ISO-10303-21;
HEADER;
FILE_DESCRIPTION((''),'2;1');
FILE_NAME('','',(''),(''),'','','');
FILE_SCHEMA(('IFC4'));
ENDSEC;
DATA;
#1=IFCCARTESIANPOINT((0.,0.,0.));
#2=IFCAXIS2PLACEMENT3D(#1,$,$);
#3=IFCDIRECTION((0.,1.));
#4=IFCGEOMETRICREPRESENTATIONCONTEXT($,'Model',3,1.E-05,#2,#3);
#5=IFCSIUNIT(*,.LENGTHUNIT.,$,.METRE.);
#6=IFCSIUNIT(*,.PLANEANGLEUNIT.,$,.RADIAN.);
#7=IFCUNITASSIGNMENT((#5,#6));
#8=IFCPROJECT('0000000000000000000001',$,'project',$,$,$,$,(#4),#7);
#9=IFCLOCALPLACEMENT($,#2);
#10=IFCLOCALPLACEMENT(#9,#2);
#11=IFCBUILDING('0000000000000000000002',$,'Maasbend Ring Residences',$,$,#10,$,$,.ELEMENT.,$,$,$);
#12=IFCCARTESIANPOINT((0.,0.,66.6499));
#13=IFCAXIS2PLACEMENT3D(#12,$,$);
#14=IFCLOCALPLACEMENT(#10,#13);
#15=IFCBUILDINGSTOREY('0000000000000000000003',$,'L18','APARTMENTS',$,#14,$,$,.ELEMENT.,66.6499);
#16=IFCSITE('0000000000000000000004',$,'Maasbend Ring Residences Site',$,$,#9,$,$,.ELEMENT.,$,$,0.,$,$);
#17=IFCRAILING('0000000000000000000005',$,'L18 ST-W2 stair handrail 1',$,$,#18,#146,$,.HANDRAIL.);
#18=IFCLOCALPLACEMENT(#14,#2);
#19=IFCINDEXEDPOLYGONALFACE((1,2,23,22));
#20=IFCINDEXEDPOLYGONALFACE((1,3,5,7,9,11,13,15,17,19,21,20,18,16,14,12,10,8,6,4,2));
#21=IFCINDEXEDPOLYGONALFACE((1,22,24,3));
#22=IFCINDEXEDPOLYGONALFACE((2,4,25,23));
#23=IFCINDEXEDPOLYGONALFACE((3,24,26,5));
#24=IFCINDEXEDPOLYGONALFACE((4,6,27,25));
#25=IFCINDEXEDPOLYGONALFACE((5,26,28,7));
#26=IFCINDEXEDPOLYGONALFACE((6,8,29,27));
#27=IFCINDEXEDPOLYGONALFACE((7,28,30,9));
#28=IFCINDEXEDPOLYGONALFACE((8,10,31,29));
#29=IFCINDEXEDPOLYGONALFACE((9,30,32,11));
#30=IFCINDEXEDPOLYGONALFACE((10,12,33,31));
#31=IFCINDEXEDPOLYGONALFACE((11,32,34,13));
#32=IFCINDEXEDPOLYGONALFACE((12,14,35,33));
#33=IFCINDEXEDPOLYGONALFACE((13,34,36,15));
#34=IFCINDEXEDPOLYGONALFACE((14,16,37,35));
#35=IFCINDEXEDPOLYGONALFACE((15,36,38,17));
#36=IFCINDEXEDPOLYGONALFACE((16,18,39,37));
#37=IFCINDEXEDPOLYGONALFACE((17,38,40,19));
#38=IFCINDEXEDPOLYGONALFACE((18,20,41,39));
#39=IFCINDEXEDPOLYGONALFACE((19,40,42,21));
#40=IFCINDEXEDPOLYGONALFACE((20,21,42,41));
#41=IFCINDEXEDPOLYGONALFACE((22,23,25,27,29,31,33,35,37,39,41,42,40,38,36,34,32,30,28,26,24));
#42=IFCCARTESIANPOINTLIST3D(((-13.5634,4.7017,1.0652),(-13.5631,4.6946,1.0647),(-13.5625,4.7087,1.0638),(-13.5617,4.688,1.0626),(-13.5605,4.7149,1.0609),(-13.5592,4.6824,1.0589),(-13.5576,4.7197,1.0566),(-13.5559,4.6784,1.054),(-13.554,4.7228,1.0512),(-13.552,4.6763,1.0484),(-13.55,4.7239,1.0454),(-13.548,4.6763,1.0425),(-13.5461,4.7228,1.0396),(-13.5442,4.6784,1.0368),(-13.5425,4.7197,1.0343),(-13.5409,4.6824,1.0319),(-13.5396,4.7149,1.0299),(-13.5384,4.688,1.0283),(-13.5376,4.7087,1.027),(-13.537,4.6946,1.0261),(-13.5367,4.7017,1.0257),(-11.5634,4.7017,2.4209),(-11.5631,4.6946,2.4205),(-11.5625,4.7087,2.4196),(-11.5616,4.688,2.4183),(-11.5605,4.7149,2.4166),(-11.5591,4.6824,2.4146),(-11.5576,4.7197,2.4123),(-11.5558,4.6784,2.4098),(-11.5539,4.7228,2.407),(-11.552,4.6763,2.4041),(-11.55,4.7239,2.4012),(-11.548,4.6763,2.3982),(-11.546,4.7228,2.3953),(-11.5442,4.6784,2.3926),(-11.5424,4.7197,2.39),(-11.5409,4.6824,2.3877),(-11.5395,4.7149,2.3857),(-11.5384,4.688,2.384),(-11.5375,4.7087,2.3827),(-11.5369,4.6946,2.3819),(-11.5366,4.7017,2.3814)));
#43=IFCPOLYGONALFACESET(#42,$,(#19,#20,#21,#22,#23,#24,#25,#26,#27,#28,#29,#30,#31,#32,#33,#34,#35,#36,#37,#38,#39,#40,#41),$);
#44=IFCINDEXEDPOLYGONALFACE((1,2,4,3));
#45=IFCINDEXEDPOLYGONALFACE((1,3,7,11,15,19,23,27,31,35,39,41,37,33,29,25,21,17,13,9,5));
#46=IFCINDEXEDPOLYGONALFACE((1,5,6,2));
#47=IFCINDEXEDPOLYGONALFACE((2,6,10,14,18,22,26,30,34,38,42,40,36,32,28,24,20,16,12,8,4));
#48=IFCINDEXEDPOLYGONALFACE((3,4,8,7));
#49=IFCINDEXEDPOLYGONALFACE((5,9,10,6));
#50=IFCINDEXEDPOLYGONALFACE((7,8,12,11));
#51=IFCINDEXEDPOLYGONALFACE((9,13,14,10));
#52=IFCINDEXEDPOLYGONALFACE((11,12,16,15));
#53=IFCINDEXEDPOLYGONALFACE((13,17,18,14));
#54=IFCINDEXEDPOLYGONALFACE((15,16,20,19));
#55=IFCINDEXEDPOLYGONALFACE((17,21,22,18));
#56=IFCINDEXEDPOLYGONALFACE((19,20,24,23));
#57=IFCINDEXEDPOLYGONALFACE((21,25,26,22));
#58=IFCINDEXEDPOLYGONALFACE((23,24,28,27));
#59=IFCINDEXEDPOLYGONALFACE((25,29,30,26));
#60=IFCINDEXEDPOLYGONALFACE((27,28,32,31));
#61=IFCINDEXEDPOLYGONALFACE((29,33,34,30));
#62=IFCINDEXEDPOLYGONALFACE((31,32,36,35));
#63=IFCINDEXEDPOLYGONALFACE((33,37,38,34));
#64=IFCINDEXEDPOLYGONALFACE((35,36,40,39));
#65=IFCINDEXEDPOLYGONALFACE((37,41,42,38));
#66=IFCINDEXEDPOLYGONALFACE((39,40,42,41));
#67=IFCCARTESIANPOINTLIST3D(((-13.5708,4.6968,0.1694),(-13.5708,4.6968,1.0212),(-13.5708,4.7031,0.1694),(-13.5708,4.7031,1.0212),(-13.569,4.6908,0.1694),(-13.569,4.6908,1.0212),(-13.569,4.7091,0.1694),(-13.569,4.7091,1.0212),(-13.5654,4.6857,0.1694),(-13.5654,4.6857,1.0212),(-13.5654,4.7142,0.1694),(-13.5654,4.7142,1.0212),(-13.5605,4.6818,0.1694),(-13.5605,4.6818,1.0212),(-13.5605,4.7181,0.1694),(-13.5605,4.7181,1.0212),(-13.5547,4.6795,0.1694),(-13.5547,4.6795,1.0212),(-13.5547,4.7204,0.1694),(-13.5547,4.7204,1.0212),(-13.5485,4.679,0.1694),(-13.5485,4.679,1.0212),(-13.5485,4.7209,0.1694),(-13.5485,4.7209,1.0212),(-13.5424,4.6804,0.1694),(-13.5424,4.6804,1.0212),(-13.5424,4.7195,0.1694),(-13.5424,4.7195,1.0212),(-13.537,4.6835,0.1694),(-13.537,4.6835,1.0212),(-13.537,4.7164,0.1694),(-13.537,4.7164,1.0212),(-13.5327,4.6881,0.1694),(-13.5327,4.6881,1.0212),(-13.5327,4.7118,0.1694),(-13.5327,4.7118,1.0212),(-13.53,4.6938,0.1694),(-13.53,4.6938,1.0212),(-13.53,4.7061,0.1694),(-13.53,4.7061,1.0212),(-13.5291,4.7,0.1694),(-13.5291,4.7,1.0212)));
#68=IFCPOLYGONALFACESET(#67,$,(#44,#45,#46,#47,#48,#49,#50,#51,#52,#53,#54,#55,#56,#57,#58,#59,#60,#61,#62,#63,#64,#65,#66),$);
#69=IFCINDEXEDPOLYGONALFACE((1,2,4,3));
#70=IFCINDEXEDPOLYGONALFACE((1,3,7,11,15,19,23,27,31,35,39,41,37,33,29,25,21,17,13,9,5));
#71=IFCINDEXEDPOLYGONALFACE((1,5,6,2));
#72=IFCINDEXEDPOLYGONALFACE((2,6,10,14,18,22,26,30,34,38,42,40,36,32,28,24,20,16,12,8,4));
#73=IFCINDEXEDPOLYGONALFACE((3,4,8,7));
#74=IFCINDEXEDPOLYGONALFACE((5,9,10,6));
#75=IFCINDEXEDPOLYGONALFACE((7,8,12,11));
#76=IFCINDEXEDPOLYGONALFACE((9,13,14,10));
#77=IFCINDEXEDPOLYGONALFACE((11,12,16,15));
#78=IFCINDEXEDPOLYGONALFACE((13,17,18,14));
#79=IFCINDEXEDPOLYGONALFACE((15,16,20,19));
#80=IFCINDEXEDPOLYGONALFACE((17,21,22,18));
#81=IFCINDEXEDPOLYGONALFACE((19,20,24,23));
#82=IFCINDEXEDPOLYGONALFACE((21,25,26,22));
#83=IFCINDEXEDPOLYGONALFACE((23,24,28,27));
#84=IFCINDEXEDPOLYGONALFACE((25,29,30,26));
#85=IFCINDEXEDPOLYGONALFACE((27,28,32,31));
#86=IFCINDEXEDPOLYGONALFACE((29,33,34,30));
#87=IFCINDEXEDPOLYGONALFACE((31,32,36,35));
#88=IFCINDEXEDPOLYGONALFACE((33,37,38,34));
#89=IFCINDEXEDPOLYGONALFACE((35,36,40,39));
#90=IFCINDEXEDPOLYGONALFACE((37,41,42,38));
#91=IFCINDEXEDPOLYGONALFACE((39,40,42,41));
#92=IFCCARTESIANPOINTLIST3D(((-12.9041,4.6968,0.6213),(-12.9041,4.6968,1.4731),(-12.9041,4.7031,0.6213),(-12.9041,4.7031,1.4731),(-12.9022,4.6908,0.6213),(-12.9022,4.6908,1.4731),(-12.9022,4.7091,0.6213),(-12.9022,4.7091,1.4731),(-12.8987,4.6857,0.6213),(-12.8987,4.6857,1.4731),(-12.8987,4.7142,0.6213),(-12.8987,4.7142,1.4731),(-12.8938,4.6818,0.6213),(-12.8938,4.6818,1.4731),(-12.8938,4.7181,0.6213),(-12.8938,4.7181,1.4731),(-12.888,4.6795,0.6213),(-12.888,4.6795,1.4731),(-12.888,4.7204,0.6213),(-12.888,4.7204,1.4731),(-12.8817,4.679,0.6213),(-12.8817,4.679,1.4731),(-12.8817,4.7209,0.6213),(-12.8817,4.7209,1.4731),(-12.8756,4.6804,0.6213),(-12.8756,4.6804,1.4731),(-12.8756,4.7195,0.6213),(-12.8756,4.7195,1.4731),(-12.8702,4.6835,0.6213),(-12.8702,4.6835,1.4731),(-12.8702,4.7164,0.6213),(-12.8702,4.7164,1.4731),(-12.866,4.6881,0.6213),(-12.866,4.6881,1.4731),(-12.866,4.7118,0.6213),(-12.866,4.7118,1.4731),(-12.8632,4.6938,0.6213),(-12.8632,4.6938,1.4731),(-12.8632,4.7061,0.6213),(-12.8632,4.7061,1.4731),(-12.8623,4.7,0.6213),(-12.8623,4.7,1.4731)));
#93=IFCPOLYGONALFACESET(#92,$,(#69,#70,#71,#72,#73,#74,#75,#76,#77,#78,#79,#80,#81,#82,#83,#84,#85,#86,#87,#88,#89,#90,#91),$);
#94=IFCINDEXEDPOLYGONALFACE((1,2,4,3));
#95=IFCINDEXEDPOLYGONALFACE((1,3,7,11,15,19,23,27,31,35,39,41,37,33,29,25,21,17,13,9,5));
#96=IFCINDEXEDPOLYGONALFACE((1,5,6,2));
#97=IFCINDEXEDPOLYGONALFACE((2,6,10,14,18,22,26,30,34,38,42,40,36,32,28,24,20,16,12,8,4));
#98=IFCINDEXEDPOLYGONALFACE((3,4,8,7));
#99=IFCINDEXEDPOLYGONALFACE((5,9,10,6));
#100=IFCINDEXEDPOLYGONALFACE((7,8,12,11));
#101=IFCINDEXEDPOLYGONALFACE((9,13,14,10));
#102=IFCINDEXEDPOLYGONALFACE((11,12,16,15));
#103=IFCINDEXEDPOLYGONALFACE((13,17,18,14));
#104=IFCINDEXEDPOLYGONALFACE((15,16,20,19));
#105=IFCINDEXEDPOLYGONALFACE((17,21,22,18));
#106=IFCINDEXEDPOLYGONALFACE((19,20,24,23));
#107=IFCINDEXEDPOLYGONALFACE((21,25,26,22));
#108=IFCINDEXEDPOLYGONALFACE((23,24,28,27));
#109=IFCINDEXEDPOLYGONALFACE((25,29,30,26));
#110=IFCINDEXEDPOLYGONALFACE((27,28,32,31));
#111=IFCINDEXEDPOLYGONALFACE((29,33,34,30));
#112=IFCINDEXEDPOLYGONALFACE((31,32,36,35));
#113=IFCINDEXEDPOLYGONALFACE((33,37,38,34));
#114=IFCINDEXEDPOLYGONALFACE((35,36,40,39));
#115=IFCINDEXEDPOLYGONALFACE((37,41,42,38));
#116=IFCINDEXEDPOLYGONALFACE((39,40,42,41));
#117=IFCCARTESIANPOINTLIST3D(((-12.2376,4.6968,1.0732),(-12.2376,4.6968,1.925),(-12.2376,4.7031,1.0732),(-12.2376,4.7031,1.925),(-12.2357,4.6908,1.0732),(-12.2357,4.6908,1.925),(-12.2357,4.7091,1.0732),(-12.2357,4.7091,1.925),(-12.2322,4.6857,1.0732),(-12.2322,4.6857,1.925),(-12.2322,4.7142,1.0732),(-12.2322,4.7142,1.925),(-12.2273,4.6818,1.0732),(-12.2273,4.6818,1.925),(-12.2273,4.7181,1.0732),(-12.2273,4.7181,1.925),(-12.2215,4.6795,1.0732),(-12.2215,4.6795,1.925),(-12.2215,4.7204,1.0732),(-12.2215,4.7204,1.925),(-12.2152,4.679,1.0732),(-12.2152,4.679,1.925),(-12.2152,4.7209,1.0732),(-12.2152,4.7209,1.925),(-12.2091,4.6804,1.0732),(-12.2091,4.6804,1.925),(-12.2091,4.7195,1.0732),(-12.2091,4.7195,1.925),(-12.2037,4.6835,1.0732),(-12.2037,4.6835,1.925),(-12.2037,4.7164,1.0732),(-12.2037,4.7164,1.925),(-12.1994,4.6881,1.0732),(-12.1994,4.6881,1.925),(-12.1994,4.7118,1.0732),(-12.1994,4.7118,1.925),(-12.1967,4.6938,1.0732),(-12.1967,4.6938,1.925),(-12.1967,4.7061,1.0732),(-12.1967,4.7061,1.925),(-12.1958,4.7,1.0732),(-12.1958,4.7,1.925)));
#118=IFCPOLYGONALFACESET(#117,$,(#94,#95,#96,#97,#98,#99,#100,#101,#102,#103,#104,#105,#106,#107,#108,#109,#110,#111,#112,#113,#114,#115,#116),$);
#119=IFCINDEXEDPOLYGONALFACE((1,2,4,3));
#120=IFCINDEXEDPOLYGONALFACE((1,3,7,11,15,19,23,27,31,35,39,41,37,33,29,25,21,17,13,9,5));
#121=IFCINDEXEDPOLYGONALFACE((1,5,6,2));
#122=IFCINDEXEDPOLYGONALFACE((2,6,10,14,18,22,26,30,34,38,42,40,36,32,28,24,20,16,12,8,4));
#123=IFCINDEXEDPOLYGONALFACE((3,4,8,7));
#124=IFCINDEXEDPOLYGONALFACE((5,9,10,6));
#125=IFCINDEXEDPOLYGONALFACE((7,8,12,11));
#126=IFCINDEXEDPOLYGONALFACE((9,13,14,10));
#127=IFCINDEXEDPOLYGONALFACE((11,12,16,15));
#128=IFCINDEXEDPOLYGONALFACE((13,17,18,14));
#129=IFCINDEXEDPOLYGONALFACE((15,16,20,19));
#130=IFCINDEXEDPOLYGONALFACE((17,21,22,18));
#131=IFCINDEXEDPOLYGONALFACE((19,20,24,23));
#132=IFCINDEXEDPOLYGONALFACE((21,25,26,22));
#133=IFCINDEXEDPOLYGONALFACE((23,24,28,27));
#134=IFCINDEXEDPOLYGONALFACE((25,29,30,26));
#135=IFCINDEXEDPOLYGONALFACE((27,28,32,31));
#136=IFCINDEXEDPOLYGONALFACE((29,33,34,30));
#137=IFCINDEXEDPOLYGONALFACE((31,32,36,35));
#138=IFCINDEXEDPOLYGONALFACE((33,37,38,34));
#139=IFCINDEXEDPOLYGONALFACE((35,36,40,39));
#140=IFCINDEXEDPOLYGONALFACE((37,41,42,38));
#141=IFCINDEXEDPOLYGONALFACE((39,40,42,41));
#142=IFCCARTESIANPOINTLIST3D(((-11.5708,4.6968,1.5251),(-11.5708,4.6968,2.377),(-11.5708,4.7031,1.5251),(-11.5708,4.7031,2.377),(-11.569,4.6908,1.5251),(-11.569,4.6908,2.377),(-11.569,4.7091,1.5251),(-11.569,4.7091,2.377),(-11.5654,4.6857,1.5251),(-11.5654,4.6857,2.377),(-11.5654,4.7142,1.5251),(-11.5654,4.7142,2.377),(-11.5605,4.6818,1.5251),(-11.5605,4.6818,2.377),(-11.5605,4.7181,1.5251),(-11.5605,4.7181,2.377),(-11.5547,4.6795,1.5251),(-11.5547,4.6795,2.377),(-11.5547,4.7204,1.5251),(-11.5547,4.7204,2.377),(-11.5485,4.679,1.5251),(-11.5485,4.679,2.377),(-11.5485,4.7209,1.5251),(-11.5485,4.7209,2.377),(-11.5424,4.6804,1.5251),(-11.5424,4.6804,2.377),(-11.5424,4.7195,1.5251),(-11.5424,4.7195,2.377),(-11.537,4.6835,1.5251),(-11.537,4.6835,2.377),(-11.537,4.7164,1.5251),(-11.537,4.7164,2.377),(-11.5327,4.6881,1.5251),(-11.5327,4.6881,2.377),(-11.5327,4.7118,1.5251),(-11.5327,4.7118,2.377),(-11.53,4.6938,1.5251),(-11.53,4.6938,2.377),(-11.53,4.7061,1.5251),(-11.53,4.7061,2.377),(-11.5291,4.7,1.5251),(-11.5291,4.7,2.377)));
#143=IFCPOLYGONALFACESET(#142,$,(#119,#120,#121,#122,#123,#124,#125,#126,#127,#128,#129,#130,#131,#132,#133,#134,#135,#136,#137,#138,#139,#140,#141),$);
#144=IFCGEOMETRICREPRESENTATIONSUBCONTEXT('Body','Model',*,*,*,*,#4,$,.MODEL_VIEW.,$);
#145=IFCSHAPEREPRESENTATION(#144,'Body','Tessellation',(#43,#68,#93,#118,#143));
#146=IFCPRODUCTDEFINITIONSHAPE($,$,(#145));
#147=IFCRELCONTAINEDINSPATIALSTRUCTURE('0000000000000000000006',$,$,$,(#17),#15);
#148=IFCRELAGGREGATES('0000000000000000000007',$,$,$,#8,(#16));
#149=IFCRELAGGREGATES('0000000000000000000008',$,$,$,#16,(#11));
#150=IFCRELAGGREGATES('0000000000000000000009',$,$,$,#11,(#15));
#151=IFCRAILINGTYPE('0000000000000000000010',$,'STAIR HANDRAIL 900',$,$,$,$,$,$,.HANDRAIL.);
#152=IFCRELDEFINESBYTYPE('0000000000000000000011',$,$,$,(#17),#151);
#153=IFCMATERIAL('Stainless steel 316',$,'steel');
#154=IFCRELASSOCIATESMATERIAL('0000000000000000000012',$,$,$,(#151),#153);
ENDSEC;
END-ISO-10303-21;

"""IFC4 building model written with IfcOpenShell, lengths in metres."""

from ifc_helpers import new_model, si_unit, direction, frame, origin, origin_2d, place, context, subcontext, project, spatial, circle, extrude, material, type_object, element, save


model = new_model("IFC4")

# Units and contexts
model_context = context("Model", 3, precision=1e-05, world=origin(), true_north=direction((0.0, 1.0)))
body_context = subcontext(model_context, "Body", "Model", "MODEL_VIEW")
ifc_project = project(units=[si_unit("LENGTHUNIT", "METRE"), si_unit("PLANEANGLEUNIT", "RADIAN")], contexts=[model_context])

# Site, building, storey
site_placement = place(None, origin())
site = spatial("IfcSite", under=ifc_project, at=site_placement, Name="Maasbend Ring Residences Site", CompositionType="ELEMENT", RefElevation=0.0)
building_placement = place(site_placement, origin())
building = spatial("IfcBuilding", under=site, at=building_placement, Name="Maasbend Ring Residences", CompositionType="ELEMENT")
storey_placement = place(building_placement, frame((0.0, 0.0, 66.6499)))
storey = spatial("IfcBuildingStorey", under=building, at=storey_placement, Name="L18", Description="APARTMENTS", CompositionType="ELEMENT", Elevation=66.6499)

# Railing
ifc_material_1 = material(Name="Stainless steel 316", Category="steel")
railing_type_1 = type_object("IfcRailingType", Name="STAIR HANDRAIL 900", PredefinedType="HANDRAIL", material=ifc_material_1)
railing_1_placement = place(storey_placement, frame((-13.55, 4.7, 0.1694)))
element("IfcRailing", 1, at=railing_1_placement, inside=storey, type_object=railing_type_1, Name="L18 ST-W2 stair handrail 1", PredefinedType="HANDRAIL", context=body_context, shape_type="SweptSolid", body=[
    extrude(circle(Radius=0.0239, at=origin_2d()), frame((0.0, 0.0, 0.876), z_axis=(0.827751, 0.0, 0.561096), x_axis=(0.0, 1.0, 0.0)), (0.0, 0.0, 1.0), 2.4163),
    extrude(circle(Radius=0.021, at=origin_2d()), origin(), (0.0, 0.0, 1.0), 0.8518),
    extrude(circle(Radius=0.021, at=origin_2d()), frame((0.6667, 0.0, 0.4519)), (0.0, 0.0, 1.0), 0.8518),
    extrude(circle(Radius=0.021, at=origin_2d()), frame((1.3333, 0.0, 0.9038)), (0.0, 0.0, 1.0), 0.8518),
    extrude(circle(Radius=0.021, at=origin_2d()), frame((2.0, 0.0, 1.3557)), (0.0, 0.0, 1.0), 0.8518),
])

save(model, "model.ifc")
